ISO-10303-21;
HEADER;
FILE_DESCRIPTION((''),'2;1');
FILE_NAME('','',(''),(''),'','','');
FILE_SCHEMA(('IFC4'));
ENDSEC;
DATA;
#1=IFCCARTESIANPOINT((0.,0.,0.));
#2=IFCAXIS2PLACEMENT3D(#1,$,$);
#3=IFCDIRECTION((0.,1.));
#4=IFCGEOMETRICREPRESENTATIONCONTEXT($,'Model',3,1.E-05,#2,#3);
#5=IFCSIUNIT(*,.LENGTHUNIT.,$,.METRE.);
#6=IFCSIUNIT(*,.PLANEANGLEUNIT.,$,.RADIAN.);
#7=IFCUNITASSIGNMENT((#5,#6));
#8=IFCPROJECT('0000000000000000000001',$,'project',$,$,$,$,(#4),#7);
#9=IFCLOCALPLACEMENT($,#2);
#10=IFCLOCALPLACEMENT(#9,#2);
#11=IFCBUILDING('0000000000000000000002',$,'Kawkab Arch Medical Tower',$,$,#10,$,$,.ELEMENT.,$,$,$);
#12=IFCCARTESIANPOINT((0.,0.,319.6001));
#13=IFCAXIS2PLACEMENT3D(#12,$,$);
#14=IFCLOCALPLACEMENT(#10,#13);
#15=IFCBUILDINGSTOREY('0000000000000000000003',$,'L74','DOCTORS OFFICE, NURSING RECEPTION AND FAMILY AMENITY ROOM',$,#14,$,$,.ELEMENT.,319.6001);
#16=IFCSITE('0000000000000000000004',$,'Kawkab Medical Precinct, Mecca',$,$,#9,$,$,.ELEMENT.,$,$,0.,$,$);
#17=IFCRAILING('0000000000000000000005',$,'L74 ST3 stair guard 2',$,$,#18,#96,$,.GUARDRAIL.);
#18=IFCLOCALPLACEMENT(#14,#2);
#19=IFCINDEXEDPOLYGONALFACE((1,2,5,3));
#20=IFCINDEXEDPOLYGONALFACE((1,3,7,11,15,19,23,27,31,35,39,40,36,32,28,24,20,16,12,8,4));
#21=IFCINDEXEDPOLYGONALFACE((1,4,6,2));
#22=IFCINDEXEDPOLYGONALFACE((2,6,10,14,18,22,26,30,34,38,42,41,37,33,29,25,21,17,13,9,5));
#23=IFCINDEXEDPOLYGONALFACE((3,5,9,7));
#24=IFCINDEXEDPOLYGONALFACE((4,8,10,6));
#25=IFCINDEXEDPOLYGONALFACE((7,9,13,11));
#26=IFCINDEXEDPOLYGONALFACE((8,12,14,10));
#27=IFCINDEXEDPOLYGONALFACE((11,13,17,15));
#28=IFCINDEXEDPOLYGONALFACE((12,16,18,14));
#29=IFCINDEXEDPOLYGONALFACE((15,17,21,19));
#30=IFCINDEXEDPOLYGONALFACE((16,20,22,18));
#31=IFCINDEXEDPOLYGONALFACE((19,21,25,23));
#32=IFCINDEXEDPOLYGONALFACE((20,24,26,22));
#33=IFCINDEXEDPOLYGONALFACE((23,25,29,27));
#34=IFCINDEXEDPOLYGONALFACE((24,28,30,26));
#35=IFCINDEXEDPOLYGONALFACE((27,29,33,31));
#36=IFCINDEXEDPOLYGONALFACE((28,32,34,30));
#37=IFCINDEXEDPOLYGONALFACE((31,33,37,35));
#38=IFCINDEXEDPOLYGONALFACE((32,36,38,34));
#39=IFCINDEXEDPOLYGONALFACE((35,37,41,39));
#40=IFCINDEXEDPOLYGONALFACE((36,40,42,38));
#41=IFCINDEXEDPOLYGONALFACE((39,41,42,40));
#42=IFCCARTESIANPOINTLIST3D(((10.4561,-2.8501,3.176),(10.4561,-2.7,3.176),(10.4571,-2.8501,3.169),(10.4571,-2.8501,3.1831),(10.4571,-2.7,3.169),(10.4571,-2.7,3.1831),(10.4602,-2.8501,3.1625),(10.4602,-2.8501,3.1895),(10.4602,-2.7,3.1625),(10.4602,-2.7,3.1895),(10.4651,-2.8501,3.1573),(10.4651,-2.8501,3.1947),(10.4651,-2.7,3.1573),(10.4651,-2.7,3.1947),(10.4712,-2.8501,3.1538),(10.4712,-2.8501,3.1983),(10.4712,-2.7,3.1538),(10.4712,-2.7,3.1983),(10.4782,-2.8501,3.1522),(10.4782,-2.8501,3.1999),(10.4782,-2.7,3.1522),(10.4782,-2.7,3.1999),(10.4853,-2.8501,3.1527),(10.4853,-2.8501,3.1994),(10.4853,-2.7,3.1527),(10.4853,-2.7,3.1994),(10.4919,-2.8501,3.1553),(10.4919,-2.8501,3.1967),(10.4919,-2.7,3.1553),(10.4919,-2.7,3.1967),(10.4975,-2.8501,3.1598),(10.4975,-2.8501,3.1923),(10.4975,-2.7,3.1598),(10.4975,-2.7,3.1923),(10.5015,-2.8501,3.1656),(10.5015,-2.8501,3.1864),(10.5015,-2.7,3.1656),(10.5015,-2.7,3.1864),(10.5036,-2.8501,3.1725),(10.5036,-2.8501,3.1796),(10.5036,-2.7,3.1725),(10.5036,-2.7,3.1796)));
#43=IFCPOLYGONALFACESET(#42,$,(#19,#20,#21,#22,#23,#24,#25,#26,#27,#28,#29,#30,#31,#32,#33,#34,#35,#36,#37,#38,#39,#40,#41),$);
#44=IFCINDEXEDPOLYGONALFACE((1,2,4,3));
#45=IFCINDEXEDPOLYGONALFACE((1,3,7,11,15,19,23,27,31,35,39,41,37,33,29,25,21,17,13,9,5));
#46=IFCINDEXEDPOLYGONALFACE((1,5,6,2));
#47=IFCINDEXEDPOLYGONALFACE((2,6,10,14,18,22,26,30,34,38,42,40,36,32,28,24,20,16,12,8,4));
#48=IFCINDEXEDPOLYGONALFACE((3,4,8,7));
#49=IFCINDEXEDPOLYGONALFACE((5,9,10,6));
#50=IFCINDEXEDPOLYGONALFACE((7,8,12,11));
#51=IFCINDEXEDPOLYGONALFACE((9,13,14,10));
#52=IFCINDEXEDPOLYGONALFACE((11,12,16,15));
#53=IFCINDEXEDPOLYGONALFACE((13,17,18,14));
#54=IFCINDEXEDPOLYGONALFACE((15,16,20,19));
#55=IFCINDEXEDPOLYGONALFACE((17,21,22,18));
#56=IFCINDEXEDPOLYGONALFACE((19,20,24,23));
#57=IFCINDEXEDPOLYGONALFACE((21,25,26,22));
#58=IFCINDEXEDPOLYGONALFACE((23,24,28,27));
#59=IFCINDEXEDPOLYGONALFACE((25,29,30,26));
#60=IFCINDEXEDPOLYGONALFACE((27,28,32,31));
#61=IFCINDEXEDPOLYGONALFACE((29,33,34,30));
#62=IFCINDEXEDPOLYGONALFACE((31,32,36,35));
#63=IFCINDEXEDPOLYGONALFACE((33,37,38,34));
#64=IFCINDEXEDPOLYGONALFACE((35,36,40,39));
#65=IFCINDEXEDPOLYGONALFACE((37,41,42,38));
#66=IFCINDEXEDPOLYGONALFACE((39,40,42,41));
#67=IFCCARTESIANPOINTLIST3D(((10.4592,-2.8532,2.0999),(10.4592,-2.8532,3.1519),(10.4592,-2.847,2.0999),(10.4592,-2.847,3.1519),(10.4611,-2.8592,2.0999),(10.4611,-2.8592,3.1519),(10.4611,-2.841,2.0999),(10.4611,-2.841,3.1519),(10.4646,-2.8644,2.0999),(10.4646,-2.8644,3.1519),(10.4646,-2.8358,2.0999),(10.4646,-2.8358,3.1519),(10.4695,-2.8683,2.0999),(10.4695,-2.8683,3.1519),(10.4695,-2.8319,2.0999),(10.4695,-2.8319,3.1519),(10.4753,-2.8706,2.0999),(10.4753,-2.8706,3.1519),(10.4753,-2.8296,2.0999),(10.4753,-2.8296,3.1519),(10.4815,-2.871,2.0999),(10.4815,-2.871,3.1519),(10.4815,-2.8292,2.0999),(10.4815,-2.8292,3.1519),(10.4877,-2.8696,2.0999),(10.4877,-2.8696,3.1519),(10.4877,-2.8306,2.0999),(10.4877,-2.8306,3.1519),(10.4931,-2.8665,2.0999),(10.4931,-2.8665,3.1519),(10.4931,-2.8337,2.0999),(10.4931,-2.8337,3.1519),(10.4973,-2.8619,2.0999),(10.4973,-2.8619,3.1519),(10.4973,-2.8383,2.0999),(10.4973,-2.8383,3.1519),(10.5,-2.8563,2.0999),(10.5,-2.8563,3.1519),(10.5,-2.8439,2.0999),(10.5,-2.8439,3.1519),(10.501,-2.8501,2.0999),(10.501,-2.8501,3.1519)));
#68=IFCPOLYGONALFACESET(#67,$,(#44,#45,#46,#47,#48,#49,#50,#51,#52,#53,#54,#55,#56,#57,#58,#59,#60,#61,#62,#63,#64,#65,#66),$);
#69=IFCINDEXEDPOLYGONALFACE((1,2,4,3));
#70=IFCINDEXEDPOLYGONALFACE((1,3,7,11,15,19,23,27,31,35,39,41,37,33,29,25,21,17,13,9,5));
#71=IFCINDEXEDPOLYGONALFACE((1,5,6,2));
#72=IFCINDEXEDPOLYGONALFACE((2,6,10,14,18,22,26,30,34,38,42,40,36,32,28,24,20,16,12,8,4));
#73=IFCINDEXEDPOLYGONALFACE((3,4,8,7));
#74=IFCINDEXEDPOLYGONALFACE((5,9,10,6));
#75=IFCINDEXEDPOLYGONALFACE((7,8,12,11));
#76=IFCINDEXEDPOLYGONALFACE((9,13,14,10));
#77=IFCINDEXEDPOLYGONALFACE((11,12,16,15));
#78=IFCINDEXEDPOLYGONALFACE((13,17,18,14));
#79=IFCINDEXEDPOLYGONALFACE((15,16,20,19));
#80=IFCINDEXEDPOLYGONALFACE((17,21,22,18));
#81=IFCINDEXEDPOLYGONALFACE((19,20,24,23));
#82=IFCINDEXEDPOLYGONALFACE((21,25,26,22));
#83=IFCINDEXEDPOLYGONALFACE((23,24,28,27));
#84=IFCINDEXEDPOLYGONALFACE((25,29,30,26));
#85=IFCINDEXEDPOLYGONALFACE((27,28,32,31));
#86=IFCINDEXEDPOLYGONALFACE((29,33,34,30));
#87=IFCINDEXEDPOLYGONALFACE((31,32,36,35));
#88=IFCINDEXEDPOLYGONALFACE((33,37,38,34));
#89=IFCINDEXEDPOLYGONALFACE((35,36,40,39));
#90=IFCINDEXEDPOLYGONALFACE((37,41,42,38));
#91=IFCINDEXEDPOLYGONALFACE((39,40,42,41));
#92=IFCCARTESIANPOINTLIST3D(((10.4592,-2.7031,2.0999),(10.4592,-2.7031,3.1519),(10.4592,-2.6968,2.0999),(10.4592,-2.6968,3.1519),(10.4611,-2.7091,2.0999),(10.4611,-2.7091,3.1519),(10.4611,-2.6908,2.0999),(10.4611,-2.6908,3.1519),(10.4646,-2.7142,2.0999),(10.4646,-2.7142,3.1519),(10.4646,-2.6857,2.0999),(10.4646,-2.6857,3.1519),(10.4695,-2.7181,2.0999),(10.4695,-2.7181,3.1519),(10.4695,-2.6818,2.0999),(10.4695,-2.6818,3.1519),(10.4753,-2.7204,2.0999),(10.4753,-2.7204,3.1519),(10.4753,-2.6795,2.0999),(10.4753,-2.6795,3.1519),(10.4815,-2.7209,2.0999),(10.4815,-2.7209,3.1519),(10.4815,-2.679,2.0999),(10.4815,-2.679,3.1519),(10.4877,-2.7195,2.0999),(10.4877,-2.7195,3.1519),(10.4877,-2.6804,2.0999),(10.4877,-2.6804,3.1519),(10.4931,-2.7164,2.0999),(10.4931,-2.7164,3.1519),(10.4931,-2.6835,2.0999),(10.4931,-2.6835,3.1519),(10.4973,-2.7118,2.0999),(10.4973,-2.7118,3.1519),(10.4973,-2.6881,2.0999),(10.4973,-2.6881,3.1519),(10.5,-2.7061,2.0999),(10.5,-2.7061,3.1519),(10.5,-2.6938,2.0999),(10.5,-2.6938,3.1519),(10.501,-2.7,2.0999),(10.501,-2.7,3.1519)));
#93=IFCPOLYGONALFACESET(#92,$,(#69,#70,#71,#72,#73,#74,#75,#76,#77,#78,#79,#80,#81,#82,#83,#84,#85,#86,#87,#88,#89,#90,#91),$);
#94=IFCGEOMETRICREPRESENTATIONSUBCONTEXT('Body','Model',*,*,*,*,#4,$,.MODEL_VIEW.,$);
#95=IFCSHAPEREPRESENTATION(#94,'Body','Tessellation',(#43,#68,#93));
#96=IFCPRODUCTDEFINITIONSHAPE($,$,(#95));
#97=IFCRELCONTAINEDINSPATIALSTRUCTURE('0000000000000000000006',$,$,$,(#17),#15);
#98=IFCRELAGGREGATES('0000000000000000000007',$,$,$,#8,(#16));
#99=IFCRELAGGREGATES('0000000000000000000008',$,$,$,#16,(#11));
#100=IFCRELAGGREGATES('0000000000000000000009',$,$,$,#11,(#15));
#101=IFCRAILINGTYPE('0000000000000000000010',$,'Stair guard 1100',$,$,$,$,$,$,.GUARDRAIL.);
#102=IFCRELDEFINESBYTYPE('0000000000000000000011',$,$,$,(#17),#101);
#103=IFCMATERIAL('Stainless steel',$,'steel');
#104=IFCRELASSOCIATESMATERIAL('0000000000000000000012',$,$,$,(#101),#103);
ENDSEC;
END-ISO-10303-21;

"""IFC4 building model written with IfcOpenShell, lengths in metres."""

from ifc_helpers import new_model, si_unit, direction, frame, origin, origin_2d, place, context, subcontext, project, spatial, circle, extrude, material, type_object, element, save


model = new_model("IFC4")

# Units and contexts
model_context = context("Model", 3, precision=1e-05, world=origin(), true_north=direction((0.0, 1.0)))
body_context = subcontext(model_context, "Body", "Model", "MODEL_VIEW")
ifc_project = project(units=[si_unit("LENGTHUNIT", "METRE"), si_unit("PLANEANGLEUNIT", "RADIAN")], contexts=[model_context])

# Site, building, storey
site_placement = place(None, origin())
site = spatial("IfcSite", under=ifc_project, at=site_placement, Name="Kawkab Medical Precinct, Mecca", CompositionType="ELEMENT", RefElevation=0.0)
building_placement = place(site_placement, origin())
building = spatial("IfcBuilding", under=site, at=building_placement, Name="Kawkab Arch Medical Tower", CompositionType="ELEMENT")
storey_placement = place(building_placement, frame((0.0, 0.0, 319.6001)))
storey = spatial("IfcBuildingStorey", under=building, at=storey_placement, Name="L74", Description="DOCTORS OFFICE, NURSING RECEPTION AND FAMILY AMENITY ROOM", CompositionType="ELEMENT", Elevation=319.6001)

# Railing
ifc_material_1 = material(Name="Stainless steel", Category="steel")
railing_type_1 = type_object("IfcRailingType", Name="Stair guard 1100", PredefinedType="GUARDRAIL", material=ifc_material_1)
railing_1_placement = place(storey_placement, frame((10.48, -2.8501, 2.0999)))
element("IfcRailing", 1, at=railing_1_placement, inside=storey, type_object=railing_type_1, Name="L74 ST3 stair guard 2", PredefinedType="GUARDRAIL", context=body_context, shape_type="SweptSolid", body=[
    extrude(circle(Radius=0.0239, at=origin_2d()), frame((0.0, 0.0, 1.0762), z_axis=(0.0, 1.0, 0.0), x_axis=(-1.0, 0.0, 0.0)), (0.0, 0.0, 1.0), 0.1501),
    extrude(circle(Radius=0.021, at=origin_2d()), origin(), (0.0, 0.0, 1.0), 1.052),
    extrude(circle(Radius=0.021, at=origin_2d()), frame((0.0, 0.1501, 0.0)), (0.0, 0.0, 1.0), 1.052),
])

save(model, "model.ifc")
